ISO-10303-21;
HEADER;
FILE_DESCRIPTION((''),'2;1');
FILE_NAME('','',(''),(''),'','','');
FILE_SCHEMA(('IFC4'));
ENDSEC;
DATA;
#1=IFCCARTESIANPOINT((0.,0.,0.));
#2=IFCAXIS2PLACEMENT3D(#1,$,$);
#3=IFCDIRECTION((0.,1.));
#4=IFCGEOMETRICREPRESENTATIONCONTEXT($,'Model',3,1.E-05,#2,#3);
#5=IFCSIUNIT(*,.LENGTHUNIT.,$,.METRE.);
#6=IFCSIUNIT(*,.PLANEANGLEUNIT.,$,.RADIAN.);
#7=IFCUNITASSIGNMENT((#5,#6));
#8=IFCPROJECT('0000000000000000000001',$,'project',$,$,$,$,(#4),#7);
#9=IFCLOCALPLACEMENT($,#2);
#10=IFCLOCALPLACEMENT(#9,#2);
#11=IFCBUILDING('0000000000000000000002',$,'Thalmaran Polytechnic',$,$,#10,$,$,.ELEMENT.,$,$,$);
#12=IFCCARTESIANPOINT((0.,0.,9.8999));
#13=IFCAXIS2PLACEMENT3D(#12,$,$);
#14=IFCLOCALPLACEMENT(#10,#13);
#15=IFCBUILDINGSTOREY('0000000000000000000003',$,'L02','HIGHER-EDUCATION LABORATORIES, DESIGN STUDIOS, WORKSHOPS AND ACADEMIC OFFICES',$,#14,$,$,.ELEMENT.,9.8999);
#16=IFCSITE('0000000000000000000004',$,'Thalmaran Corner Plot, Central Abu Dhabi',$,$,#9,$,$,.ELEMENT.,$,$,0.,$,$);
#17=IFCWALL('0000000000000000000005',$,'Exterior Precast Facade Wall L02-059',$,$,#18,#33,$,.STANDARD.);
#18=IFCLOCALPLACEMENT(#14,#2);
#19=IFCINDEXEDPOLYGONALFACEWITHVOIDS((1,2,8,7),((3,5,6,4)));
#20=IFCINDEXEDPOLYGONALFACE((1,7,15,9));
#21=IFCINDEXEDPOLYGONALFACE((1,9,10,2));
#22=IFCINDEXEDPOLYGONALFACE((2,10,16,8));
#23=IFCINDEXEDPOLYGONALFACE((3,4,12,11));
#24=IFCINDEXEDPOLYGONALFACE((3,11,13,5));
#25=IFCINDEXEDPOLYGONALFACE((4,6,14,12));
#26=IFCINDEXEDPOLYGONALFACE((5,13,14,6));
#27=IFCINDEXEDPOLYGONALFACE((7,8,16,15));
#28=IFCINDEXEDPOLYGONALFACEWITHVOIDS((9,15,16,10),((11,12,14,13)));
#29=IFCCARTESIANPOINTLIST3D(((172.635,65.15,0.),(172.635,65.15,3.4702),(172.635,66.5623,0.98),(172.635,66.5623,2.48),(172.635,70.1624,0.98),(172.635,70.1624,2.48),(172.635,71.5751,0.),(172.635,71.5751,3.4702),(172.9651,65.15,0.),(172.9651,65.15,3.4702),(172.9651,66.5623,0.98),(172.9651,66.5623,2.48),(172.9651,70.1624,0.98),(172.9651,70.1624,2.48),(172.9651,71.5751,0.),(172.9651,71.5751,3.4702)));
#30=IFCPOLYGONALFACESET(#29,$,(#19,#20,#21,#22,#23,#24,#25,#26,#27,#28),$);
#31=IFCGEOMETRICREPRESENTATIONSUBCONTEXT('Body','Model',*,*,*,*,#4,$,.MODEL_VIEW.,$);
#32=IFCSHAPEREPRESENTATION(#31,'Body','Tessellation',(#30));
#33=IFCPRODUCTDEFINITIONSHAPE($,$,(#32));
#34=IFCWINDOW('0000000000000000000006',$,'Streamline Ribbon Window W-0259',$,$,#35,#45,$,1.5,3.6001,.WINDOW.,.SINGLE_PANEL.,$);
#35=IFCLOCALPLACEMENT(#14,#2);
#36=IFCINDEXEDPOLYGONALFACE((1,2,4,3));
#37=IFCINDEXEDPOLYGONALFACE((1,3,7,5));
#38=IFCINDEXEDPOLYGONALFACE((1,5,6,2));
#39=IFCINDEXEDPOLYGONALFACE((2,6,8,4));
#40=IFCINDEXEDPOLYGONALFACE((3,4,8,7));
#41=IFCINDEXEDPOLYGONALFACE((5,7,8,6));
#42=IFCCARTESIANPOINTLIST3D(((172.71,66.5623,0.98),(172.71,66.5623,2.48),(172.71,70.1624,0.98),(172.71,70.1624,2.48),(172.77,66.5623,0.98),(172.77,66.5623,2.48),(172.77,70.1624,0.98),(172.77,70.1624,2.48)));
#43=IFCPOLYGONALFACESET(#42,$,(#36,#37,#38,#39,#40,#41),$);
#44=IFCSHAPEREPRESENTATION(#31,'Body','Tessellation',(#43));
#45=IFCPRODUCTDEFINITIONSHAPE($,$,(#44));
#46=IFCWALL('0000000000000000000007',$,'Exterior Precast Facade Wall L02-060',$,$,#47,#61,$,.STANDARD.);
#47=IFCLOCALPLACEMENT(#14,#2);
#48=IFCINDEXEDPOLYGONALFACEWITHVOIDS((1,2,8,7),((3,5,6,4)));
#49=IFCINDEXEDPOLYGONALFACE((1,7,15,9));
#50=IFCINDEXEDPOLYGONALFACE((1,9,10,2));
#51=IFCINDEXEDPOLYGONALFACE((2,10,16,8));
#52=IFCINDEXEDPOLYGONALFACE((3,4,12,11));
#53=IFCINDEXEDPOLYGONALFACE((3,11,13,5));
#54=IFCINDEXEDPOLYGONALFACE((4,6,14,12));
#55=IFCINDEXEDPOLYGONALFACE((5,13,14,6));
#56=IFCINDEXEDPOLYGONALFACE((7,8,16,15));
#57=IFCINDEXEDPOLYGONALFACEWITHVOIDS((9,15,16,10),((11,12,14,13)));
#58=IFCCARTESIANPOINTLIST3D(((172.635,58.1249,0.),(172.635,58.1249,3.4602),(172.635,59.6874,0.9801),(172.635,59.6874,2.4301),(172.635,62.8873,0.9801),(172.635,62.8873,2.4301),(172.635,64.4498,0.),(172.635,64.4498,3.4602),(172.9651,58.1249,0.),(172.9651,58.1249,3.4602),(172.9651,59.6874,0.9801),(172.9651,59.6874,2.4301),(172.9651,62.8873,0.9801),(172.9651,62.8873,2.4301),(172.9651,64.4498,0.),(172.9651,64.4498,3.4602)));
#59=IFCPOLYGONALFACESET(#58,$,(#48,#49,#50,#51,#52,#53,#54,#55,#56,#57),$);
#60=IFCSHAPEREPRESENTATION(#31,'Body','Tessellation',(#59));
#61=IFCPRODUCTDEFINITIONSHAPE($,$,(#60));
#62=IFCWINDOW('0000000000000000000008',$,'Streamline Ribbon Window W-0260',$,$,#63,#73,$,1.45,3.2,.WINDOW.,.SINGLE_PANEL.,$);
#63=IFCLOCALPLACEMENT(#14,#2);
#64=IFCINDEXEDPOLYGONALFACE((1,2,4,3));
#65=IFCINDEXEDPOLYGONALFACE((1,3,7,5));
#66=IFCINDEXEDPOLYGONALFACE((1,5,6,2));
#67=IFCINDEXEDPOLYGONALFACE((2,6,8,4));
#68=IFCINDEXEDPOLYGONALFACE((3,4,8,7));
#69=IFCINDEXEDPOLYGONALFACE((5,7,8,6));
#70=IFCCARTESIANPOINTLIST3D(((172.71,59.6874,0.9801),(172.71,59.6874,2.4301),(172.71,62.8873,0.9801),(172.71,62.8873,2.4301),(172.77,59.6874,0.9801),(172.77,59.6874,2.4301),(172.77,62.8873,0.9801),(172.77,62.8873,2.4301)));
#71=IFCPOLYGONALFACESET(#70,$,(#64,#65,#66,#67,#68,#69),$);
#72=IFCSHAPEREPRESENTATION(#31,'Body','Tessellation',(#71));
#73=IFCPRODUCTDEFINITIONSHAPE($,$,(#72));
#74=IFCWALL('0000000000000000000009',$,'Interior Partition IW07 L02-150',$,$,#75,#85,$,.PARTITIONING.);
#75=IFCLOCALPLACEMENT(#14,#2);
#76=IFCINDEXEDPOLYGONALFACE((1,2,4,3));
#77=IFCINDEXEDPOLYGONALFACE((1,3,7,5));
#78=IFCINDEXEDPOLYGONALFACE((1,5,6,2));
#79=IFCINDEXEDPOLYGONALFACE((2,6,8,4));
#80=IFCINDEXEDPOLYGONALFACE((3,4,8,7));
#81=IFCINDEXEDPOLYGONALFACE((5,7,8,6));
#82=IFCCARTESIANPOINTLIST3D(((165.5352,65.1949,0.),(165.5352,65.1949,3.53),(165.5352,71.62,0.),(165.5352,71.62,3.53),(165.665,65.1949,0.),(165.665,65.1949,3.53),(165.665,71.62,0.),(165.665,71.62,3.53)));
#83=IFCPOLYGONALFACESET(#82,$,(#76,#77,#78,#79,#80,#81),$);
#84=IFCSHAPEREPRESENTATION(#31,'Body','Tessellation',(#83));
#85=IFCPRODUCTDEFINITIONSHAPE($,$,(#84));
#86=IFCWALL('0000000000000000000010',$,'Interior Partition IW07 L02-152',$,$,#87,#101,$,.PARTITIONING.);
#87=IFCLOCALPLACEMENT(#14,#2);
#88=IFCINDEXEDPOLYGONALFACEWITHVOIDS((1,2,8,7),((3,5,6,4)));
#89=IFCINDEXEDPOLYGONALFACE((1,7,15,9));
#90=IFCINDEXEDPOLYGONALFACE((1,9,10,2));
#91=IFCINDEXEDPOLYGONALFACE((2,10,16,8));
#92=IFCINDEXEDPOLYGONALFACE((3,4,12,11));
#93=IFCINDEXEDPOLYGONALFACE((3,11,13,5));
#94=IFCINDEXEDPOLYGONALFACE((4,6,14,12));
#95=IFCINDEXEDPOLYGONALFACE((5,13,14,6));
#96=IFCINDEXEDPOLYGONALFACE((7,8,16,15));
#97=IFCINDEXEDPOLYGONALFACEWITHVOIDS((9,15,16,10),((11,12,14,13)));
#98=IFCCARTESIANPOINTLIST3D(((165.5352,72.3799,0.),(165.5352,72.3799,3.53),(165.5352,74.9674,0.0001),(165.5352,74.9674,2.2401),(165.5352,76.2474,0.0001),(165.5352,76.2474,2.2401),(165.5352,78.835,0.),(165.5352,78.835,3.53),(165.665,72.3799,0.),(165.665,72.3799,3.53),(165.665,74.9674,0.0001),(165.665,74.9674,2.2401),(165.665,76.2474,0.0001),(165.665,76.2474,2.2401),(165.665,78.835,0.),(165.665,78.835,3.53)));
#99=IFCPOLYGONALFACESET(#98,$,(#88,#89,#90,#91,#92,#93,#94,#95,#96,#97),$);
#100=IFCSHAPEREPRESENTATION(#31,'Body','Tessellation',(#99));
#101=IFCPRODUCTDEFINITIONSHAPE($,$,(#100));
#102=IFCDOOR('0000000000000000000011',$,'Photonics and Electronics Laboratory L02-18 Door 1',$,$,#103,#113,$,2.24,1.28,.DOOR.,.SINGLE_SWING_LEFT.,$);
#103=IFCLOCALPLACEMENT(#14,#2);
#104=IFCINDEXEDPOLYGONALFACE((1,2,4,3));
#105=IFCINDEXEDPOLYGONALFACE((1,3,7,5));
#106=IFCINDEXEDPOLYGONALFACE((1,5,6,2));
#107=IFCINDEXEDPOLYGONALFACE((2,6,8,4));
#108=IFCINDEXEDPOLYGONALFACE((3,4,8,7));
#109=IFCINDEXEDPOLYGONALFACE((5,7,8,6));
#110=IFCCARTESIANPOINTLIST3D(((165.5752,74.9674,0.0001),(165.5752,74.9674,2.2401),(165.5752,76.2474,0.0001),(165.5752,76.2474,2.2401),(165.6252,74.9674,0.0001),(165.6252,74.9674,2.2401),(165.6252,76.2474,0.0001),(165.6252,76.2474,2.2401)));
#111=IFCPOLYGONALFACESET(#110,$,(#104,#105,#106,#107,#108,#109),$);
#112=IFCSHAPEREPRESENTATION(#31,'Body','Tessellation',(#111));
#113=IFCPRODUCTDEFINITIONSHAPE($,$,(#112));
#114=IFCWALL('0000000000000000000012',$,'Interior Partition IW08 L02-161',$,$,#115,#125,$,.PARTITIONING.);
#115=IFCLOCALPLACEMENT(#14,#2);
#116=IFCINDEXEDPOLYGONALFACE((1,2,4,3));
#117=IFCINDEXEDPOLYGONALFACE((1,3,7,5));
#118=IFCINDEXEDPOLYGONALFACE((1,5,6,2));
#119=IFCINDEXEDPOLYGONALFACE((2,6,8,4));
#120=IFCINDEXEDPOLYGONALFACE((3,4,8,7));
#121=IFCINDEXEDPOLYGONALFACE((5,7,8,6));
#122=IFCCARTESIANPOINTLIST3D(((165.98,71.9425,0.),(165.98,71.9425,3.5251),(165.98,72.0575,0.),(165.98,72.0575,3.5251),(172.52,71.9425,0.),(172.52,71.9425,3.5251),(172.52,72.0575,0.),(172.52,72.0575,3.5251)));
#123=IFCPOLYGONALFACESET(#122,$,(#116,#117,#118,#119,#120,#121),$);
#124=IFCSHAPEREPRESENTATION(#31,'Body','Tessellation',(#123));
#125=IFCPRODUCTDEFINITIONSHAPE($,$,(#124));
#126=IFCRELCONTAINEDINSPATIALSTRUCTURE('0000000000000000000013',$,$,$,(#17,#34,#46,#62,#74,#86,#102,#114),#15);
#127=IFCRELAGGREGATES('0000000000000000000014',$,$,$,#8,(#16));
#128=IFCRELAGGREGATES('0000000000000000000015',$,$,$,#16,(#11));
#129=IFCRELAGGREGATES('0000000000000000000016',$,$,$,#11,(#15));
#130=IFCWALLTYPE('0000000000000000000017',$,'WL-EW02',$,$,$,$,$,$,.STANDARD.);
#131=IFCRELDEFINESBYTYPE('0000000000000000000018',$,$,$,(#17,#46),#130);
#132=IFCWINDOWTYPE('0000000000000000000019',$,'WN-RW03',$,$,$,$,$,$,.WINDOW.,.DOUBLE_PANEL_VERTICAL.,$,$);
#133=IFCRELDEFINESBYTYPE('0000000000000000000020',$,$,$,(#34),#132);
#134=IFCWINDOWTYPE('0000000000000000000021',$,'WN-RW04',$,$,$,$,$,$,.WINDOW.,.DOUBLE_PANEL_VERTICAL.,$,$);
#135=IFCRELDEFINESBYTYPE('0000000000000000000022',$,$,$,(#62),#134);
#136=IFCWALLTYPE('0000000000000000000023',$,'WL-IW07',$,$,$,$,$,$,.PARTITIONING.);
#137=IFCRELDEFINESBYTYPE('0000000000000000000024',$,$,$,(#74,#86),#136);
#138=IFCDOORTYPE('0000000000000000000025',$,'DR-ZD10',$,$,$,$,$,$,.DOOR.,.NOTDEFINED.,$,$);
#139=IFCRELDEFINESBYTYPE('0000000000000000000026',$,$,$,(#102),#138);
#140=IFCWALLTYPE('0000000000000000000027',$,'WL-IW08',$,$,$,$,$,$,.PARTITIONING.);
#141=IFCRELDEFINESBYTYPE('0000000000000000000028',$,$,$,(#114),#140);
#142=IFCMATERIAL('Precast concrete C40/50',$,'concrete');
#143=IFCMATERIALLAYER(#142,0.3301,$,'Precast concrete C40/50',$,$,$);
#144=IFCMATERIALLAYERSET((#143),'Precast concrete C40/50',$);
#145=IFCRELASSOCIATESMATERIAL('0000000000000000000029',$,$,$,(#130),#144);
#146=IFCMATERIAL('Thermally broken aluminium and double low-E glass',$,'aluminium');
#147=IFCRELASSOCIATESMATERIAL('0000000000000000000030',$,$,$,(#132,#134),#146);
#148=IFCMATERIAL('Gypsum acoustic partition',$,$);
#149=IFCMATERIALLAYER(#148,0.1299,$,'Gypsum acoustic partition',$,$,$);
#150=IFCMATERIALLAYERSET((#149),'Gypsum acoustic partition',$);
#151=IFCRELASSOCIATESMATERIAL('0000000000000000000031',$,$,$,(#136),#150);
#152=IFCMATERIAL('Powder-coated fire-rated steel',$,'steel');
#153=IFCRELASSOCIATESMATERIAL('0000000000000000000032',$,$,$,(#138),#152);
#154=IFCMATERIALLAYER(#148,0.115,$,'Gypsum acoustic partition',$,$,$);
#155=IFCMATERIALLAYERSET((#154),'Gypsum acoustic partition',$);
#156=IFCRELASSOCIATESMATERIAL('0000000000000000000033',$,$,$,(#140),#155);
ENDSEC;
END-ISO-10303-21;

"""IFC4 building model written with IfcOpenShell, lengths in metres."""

from ifc_helpers import new_model, si_unit, direction, frame, frame_2d, origin, place, context, subcontext, project, spatial, rectangle, extrude, material, layer, layer_set, type_object, element, fill, save


model = new_model("IFC4")

# Units and contexts
model_context = context("Model", 3, precision=1e-05, world=origin(), true_north=direction((0.0, 1.0)))
body_context = subcontext(model_context, "Body", "Model", "MODEL_VIEW")
ifc_project = project(units=[si_unit("LENGTHUNIT", "METRE"), si_unit("PLANEANGLEUNIT", "RADIAN")], contexts=[model_context])

# Site, building, storey
site_placement = place(None, origin())
site = spatial("IfcSite", under=ifc_project, at=site_placement, Name="Thalmaran Corner Plot, Central Abu Dhabi", CompositionType="ELEMENT", RefElevation=0.0)
building_placement = place(site_placement, origin())
building = spatial("IfcBuilding", under=site, at=building_placement, Name="Thalmaran Polytechnic", CompositionType="ELEMENT")
storey_placement = place(building_placement, frame((0.0, 0.0, 9.8999)))
storey = spatial("IfcBuildingStorey", under=building, at=storey_placement, Name="L02", Description="HIGHER-EDUCATION LABORATORIES, DESIGN STUDIOS, WORKSHOPS AND ACADEMIC OFFICES", CompositionType="ELEMENT", Elevation=9.8999)

# Walls, openings, windows
ifc_material_1 = material(Name="Precast concrete C40/50", Category="concrete")
ifc_layer_1 = layer(ifc_material_1, 0.3301, Name="Precast concrete C40/50")
ifc_layer_set_1 = layer_set([ifc_layer_1], Name="Precast concrete C40/50")
wall_type_1 = type_object("IfcWallType", Name="WL-EW02", PredefinedType="STANDARD", material=ifc_layer_set_1)
wall_1_placement = place(storey_placement, frame((172.8, 71.575, 0.0), z_axis=(0.0, 0.0, 1.0), x_axis=(0.0, -1.0, 0.0)))
wall_1 = element("IfcWall", 1, at=wall_1_placement, inside=storey, type_object=wall_type_1, Name="Exterior Precast Facade Wall L02-059", PredefinedType="STANDARD", context=body_context, shape_type="SweptSolid", body=[
    extrude(rectangle(XDim=6.425, YDim=0.3301, at=frame_2d((3.2124, 0.0))), origin(), (0.0, 0.0, 1.0), 3.4702),
])
opening_1_placement = place(wall_1_placement, frame((1.4126, 0.0, 0.98)))
opening_1 = element("IfcOpeningElement", 2, at=opening_1_placement, cuts=wall_1, PredefinedType="OPENING", context=body_context, shape_type="SweptSolid", body=[
    extrude(rectangle(XDim=3.6001, YDim=1.5, at=frame_2d((1.8, 0.75))), frame((0.0, 0.175, 0.0), z_axis=(0.0, -1.0, 0.0), x_axis=(1.0, 0.0, 0.0)), (0.0, 0.0, 1.0), 0.3501),
])
ifc_material_2 = material(Name="Thermally broken aluminium and double low-E glass", Category="aluminium")
window_type_1 = type_object("IfcWindowType", Name="WN-RW03", PartitioningType="DOUBLE_PANEL_VERTICAL", PredefinedType="WINDOW", material=ifc_material_2)
window_1_placement = place(opening_1_placement, origin())
window_1 = element("IfcWindow", 3, at=window_1_placement, inside=storey, type_object=window_type_1, Name="Streamline Ribbon Window W-0259", OverallHeight=1.5, OverallWidth=3.6001, PartitioningType="SINGLE_PANEL", PredefinedType="WINDOW", context=body_context, shape_type="SweptSolid", body=[
    extrude(rectangle(XDim=3.6001, YDim=1.5, at=frame_2d((1.8, 0.75))), frame((0.0, -0.03, 0.0), z_axis=(0.0, -1.0, 0.0), x_axis=(1.0, 0.0, 0.0)), (0.0, 0.0, 1.0), 0.0601),
])
fill(opening_1, window_1)
wall_2_placement = place(storey_placement, frame((172.8, 64.45, 0.0), z_axis=(0.0, 0.0, 1.0), x_axis=(0.0, -1.0, 0.0)))
wall_2 = element("IfcWall", 4, at=wall_2_placement, inside=storey, type_object=wall_type_1, Name="Exterior Precast Facade Wall L02-060", PredefinedType="STANDARD", context=body_context, shape_type="SweptSolid", body=[
    extrude(rectangle(XDim=6.325, YDim=0.3301, at=frame_2d((3.1626, 0.0))), origin(), (0.0, 0.0, 1.0), 3.4602),
])
opening_2_placement = place(wall_2_placement, frame((1.5625, 0.0, 0.98)))
opening_2 = element("IfcOpeningElement", 5, at=opening_2_placement, cuts=wall_2, PredefinedType="OPENING", context=body_context, shape_type="SweptSolid", body=[
    extrude(rectangle(XDim=3.2, YDim=1.45, at=frame_2d((1.6001, 0.7251))), frame((0.0, 0.175, 0.0), z_axis=(0.0, -1.0, 0.0), x_axis=(1.0, 0.0, 0.0)), (0.0, 0.0, 1.0), 0.3501),
])
window_type_2 = type_object("IfcWindowType", Name="WN-RW04", PartitioningType="DOUBLE_PANEL_VERTICAL", PredefinedType="WINDOW", material=ifc_material_2)
window_2_placement = place(opening_2_placement, origin())
window_2 = element("IfcWindow", 6, at=window_2_placement, inside=storey, type_object=window_type_2, Name="Streamline Ribbon Window W-0260", OverallHeight=1.45, OverallWidth=3.2, PartitioningType="SINGLE_PANEL", PredefinedType="WINDOW", context=body_context, shape_type="SweptSolid", body=[
    extrude(rectangle(XDim=3.2, YDim=1.45, at=frame_2d((1.6001, 0.7251))), frame((0.0, -0.03, 0.0), z_axis=(0.0, -1.0, 0.0), x_axis=(1.0, 0.0, 0.0)), (0.0, 0.0, 1.0), 0.0601),
])
fill(opening_2, window_2)

# Wall
ifc_material_3 = material(Name="Gypsum acoustic partition")
ifc_layer_2 = layer(ifc_material_3, 0.1299, Name="Gypsum acoustic partition")
ifc_layer_set_2 = layer_set([ifc_layer_2], Name="Gypsum acoustic partition")
wall_type_2 = type_object("IfcWallType", Name="WL-IW07", PredefinedType="PARTITIONING", material=ifc_layer_set_2)
wall_3_placement = place(storey_placement, frame((165.6001, 65.1951, 0.0), z_axis=(0.0, 0.0, 1.0), x_axis=(0.0, 1.0, 0.0)))
element("IfcWall", 7, at=wall_3_placement, inside=storey, type_object=wall_type_2, Name="Interior Partition IW07 L02-150", PredefinedType="PARTITIONING", context=body_context, shape_type="SweptSolid", body=[
    extrude(rectangle(XDim=6.425, YDim=0.1299, at=frame_2d((3.2124, 0.0))), origin(), (0.0, 0.0, 1.0), 3.53),
])

# Wall, opening, door
wall_4_placement = place(storey_placement, frame((165.6001, 72.3799, 0.0), z_axis=(0.0, 0.0, 1.0), x_axis=(0.0, 1.0, 0.0)))
wall_4 = element("IfcWall", 8, at=wall_4_placement, inside=storey, type_object=wall_type_2, Name="Interior Partition IW07 L02-152", PredefinedType="PARTITIONING", context=body_context, shape_type="SweptSolid", body=[
    extrude(rectangle(XDim=6.4551, YDim=0.1299, at=frame_2d((3.2275, 0.0))), origin(), (0.0, 0.0, 1.0), 3.53),
])
opening_3_placement = place(wall_4_placement, frame((2.5874, 0.0, 0.0)))
opening_3 = element("IfcOpeningElement", 9, at=opening_3_placement, cuts=wall_4, PredefinedType="OPENING", context=body_context, shape_type="SweptSolid", body=[
    extrude(rectangle(XDim=1.28, YDim=2.24, at=frame_2d((0.6401, 1.1201))), frame((0.0, 0.075, 0.0), z_axis=(0.0, -1.0, 0.0), x_axis=(1.0, 0.0, 0.0)), (0.0, 0.0, 1.0), 0.1499),
])
ifc_material_4 = material(Name="Powder-coated fire-rated steel", Category="steel")
door_type = type_object("IfcDoorType", Name="DR-ZD10", OperationType="NOTDEFINED", PredefinedType="DOOR", material=ifc_material_4)
door_placement = place(opening_3_placement, origin())
door = element("IfcDoor", 10, at=door_placement, inside=storey, type_object=door_type, Name="Photonics and Electronics Laboratory L02-18 Door 1", OperationType="SINGLE_SWING_LEFT", OverallHeight=2.24, OverallWidth=1.28, PredefinedType="DOOR", context=body_context, shape_type="SweptSolid", body=[
    extrude(rectangle(XDim=1.28, YDim=2.24, at=frame_2d((0.6401, 1.1201))), frame((0.0, 0.0249, 0.0), z_axis=(0.0, -1.0, 0.0), x_axis=(1.0, 0.0, 0.0)), (0.0, 0.0, 1.0), 0.05),
])
fill(opening_3, door)

# Wall
ifc_layer_3 = layer(ifc_material_3, 0.115, Name="Gypsum acoustic partition")
ifc_layer_set_3 = layer_set([ifc_layer_3], Name="Gypsum acoustic partition")
wall_type_3 = type_object("IfcWallType", Name="WL-IW08", PredefinedType="PARTITIONING", material=ifc_layer_set_3)
wall_5_placement = place(storey_placement, frame((165.98, 72.0, 0.0), z_axis=(0.0, 0.0, 1.0), x_axis=(1.0, 0.0, 0.0)))
element("IfcWall", 11, at=wall_5_placement, inside=storey, type_object=wall_type_3, Name="Interior Partition IW08 L02-161", PredefinedType="PARTITIONING", context=body_context, shape_type="SweptSolid", body=[
    extrude(rectangle(XDim=6.54, YDim=0.115, at=frame_2d((3.27, 0.0))), origin(), (0.0, 0.0, 1.0), 3.5251),
])

save(model, "model.ifc")
